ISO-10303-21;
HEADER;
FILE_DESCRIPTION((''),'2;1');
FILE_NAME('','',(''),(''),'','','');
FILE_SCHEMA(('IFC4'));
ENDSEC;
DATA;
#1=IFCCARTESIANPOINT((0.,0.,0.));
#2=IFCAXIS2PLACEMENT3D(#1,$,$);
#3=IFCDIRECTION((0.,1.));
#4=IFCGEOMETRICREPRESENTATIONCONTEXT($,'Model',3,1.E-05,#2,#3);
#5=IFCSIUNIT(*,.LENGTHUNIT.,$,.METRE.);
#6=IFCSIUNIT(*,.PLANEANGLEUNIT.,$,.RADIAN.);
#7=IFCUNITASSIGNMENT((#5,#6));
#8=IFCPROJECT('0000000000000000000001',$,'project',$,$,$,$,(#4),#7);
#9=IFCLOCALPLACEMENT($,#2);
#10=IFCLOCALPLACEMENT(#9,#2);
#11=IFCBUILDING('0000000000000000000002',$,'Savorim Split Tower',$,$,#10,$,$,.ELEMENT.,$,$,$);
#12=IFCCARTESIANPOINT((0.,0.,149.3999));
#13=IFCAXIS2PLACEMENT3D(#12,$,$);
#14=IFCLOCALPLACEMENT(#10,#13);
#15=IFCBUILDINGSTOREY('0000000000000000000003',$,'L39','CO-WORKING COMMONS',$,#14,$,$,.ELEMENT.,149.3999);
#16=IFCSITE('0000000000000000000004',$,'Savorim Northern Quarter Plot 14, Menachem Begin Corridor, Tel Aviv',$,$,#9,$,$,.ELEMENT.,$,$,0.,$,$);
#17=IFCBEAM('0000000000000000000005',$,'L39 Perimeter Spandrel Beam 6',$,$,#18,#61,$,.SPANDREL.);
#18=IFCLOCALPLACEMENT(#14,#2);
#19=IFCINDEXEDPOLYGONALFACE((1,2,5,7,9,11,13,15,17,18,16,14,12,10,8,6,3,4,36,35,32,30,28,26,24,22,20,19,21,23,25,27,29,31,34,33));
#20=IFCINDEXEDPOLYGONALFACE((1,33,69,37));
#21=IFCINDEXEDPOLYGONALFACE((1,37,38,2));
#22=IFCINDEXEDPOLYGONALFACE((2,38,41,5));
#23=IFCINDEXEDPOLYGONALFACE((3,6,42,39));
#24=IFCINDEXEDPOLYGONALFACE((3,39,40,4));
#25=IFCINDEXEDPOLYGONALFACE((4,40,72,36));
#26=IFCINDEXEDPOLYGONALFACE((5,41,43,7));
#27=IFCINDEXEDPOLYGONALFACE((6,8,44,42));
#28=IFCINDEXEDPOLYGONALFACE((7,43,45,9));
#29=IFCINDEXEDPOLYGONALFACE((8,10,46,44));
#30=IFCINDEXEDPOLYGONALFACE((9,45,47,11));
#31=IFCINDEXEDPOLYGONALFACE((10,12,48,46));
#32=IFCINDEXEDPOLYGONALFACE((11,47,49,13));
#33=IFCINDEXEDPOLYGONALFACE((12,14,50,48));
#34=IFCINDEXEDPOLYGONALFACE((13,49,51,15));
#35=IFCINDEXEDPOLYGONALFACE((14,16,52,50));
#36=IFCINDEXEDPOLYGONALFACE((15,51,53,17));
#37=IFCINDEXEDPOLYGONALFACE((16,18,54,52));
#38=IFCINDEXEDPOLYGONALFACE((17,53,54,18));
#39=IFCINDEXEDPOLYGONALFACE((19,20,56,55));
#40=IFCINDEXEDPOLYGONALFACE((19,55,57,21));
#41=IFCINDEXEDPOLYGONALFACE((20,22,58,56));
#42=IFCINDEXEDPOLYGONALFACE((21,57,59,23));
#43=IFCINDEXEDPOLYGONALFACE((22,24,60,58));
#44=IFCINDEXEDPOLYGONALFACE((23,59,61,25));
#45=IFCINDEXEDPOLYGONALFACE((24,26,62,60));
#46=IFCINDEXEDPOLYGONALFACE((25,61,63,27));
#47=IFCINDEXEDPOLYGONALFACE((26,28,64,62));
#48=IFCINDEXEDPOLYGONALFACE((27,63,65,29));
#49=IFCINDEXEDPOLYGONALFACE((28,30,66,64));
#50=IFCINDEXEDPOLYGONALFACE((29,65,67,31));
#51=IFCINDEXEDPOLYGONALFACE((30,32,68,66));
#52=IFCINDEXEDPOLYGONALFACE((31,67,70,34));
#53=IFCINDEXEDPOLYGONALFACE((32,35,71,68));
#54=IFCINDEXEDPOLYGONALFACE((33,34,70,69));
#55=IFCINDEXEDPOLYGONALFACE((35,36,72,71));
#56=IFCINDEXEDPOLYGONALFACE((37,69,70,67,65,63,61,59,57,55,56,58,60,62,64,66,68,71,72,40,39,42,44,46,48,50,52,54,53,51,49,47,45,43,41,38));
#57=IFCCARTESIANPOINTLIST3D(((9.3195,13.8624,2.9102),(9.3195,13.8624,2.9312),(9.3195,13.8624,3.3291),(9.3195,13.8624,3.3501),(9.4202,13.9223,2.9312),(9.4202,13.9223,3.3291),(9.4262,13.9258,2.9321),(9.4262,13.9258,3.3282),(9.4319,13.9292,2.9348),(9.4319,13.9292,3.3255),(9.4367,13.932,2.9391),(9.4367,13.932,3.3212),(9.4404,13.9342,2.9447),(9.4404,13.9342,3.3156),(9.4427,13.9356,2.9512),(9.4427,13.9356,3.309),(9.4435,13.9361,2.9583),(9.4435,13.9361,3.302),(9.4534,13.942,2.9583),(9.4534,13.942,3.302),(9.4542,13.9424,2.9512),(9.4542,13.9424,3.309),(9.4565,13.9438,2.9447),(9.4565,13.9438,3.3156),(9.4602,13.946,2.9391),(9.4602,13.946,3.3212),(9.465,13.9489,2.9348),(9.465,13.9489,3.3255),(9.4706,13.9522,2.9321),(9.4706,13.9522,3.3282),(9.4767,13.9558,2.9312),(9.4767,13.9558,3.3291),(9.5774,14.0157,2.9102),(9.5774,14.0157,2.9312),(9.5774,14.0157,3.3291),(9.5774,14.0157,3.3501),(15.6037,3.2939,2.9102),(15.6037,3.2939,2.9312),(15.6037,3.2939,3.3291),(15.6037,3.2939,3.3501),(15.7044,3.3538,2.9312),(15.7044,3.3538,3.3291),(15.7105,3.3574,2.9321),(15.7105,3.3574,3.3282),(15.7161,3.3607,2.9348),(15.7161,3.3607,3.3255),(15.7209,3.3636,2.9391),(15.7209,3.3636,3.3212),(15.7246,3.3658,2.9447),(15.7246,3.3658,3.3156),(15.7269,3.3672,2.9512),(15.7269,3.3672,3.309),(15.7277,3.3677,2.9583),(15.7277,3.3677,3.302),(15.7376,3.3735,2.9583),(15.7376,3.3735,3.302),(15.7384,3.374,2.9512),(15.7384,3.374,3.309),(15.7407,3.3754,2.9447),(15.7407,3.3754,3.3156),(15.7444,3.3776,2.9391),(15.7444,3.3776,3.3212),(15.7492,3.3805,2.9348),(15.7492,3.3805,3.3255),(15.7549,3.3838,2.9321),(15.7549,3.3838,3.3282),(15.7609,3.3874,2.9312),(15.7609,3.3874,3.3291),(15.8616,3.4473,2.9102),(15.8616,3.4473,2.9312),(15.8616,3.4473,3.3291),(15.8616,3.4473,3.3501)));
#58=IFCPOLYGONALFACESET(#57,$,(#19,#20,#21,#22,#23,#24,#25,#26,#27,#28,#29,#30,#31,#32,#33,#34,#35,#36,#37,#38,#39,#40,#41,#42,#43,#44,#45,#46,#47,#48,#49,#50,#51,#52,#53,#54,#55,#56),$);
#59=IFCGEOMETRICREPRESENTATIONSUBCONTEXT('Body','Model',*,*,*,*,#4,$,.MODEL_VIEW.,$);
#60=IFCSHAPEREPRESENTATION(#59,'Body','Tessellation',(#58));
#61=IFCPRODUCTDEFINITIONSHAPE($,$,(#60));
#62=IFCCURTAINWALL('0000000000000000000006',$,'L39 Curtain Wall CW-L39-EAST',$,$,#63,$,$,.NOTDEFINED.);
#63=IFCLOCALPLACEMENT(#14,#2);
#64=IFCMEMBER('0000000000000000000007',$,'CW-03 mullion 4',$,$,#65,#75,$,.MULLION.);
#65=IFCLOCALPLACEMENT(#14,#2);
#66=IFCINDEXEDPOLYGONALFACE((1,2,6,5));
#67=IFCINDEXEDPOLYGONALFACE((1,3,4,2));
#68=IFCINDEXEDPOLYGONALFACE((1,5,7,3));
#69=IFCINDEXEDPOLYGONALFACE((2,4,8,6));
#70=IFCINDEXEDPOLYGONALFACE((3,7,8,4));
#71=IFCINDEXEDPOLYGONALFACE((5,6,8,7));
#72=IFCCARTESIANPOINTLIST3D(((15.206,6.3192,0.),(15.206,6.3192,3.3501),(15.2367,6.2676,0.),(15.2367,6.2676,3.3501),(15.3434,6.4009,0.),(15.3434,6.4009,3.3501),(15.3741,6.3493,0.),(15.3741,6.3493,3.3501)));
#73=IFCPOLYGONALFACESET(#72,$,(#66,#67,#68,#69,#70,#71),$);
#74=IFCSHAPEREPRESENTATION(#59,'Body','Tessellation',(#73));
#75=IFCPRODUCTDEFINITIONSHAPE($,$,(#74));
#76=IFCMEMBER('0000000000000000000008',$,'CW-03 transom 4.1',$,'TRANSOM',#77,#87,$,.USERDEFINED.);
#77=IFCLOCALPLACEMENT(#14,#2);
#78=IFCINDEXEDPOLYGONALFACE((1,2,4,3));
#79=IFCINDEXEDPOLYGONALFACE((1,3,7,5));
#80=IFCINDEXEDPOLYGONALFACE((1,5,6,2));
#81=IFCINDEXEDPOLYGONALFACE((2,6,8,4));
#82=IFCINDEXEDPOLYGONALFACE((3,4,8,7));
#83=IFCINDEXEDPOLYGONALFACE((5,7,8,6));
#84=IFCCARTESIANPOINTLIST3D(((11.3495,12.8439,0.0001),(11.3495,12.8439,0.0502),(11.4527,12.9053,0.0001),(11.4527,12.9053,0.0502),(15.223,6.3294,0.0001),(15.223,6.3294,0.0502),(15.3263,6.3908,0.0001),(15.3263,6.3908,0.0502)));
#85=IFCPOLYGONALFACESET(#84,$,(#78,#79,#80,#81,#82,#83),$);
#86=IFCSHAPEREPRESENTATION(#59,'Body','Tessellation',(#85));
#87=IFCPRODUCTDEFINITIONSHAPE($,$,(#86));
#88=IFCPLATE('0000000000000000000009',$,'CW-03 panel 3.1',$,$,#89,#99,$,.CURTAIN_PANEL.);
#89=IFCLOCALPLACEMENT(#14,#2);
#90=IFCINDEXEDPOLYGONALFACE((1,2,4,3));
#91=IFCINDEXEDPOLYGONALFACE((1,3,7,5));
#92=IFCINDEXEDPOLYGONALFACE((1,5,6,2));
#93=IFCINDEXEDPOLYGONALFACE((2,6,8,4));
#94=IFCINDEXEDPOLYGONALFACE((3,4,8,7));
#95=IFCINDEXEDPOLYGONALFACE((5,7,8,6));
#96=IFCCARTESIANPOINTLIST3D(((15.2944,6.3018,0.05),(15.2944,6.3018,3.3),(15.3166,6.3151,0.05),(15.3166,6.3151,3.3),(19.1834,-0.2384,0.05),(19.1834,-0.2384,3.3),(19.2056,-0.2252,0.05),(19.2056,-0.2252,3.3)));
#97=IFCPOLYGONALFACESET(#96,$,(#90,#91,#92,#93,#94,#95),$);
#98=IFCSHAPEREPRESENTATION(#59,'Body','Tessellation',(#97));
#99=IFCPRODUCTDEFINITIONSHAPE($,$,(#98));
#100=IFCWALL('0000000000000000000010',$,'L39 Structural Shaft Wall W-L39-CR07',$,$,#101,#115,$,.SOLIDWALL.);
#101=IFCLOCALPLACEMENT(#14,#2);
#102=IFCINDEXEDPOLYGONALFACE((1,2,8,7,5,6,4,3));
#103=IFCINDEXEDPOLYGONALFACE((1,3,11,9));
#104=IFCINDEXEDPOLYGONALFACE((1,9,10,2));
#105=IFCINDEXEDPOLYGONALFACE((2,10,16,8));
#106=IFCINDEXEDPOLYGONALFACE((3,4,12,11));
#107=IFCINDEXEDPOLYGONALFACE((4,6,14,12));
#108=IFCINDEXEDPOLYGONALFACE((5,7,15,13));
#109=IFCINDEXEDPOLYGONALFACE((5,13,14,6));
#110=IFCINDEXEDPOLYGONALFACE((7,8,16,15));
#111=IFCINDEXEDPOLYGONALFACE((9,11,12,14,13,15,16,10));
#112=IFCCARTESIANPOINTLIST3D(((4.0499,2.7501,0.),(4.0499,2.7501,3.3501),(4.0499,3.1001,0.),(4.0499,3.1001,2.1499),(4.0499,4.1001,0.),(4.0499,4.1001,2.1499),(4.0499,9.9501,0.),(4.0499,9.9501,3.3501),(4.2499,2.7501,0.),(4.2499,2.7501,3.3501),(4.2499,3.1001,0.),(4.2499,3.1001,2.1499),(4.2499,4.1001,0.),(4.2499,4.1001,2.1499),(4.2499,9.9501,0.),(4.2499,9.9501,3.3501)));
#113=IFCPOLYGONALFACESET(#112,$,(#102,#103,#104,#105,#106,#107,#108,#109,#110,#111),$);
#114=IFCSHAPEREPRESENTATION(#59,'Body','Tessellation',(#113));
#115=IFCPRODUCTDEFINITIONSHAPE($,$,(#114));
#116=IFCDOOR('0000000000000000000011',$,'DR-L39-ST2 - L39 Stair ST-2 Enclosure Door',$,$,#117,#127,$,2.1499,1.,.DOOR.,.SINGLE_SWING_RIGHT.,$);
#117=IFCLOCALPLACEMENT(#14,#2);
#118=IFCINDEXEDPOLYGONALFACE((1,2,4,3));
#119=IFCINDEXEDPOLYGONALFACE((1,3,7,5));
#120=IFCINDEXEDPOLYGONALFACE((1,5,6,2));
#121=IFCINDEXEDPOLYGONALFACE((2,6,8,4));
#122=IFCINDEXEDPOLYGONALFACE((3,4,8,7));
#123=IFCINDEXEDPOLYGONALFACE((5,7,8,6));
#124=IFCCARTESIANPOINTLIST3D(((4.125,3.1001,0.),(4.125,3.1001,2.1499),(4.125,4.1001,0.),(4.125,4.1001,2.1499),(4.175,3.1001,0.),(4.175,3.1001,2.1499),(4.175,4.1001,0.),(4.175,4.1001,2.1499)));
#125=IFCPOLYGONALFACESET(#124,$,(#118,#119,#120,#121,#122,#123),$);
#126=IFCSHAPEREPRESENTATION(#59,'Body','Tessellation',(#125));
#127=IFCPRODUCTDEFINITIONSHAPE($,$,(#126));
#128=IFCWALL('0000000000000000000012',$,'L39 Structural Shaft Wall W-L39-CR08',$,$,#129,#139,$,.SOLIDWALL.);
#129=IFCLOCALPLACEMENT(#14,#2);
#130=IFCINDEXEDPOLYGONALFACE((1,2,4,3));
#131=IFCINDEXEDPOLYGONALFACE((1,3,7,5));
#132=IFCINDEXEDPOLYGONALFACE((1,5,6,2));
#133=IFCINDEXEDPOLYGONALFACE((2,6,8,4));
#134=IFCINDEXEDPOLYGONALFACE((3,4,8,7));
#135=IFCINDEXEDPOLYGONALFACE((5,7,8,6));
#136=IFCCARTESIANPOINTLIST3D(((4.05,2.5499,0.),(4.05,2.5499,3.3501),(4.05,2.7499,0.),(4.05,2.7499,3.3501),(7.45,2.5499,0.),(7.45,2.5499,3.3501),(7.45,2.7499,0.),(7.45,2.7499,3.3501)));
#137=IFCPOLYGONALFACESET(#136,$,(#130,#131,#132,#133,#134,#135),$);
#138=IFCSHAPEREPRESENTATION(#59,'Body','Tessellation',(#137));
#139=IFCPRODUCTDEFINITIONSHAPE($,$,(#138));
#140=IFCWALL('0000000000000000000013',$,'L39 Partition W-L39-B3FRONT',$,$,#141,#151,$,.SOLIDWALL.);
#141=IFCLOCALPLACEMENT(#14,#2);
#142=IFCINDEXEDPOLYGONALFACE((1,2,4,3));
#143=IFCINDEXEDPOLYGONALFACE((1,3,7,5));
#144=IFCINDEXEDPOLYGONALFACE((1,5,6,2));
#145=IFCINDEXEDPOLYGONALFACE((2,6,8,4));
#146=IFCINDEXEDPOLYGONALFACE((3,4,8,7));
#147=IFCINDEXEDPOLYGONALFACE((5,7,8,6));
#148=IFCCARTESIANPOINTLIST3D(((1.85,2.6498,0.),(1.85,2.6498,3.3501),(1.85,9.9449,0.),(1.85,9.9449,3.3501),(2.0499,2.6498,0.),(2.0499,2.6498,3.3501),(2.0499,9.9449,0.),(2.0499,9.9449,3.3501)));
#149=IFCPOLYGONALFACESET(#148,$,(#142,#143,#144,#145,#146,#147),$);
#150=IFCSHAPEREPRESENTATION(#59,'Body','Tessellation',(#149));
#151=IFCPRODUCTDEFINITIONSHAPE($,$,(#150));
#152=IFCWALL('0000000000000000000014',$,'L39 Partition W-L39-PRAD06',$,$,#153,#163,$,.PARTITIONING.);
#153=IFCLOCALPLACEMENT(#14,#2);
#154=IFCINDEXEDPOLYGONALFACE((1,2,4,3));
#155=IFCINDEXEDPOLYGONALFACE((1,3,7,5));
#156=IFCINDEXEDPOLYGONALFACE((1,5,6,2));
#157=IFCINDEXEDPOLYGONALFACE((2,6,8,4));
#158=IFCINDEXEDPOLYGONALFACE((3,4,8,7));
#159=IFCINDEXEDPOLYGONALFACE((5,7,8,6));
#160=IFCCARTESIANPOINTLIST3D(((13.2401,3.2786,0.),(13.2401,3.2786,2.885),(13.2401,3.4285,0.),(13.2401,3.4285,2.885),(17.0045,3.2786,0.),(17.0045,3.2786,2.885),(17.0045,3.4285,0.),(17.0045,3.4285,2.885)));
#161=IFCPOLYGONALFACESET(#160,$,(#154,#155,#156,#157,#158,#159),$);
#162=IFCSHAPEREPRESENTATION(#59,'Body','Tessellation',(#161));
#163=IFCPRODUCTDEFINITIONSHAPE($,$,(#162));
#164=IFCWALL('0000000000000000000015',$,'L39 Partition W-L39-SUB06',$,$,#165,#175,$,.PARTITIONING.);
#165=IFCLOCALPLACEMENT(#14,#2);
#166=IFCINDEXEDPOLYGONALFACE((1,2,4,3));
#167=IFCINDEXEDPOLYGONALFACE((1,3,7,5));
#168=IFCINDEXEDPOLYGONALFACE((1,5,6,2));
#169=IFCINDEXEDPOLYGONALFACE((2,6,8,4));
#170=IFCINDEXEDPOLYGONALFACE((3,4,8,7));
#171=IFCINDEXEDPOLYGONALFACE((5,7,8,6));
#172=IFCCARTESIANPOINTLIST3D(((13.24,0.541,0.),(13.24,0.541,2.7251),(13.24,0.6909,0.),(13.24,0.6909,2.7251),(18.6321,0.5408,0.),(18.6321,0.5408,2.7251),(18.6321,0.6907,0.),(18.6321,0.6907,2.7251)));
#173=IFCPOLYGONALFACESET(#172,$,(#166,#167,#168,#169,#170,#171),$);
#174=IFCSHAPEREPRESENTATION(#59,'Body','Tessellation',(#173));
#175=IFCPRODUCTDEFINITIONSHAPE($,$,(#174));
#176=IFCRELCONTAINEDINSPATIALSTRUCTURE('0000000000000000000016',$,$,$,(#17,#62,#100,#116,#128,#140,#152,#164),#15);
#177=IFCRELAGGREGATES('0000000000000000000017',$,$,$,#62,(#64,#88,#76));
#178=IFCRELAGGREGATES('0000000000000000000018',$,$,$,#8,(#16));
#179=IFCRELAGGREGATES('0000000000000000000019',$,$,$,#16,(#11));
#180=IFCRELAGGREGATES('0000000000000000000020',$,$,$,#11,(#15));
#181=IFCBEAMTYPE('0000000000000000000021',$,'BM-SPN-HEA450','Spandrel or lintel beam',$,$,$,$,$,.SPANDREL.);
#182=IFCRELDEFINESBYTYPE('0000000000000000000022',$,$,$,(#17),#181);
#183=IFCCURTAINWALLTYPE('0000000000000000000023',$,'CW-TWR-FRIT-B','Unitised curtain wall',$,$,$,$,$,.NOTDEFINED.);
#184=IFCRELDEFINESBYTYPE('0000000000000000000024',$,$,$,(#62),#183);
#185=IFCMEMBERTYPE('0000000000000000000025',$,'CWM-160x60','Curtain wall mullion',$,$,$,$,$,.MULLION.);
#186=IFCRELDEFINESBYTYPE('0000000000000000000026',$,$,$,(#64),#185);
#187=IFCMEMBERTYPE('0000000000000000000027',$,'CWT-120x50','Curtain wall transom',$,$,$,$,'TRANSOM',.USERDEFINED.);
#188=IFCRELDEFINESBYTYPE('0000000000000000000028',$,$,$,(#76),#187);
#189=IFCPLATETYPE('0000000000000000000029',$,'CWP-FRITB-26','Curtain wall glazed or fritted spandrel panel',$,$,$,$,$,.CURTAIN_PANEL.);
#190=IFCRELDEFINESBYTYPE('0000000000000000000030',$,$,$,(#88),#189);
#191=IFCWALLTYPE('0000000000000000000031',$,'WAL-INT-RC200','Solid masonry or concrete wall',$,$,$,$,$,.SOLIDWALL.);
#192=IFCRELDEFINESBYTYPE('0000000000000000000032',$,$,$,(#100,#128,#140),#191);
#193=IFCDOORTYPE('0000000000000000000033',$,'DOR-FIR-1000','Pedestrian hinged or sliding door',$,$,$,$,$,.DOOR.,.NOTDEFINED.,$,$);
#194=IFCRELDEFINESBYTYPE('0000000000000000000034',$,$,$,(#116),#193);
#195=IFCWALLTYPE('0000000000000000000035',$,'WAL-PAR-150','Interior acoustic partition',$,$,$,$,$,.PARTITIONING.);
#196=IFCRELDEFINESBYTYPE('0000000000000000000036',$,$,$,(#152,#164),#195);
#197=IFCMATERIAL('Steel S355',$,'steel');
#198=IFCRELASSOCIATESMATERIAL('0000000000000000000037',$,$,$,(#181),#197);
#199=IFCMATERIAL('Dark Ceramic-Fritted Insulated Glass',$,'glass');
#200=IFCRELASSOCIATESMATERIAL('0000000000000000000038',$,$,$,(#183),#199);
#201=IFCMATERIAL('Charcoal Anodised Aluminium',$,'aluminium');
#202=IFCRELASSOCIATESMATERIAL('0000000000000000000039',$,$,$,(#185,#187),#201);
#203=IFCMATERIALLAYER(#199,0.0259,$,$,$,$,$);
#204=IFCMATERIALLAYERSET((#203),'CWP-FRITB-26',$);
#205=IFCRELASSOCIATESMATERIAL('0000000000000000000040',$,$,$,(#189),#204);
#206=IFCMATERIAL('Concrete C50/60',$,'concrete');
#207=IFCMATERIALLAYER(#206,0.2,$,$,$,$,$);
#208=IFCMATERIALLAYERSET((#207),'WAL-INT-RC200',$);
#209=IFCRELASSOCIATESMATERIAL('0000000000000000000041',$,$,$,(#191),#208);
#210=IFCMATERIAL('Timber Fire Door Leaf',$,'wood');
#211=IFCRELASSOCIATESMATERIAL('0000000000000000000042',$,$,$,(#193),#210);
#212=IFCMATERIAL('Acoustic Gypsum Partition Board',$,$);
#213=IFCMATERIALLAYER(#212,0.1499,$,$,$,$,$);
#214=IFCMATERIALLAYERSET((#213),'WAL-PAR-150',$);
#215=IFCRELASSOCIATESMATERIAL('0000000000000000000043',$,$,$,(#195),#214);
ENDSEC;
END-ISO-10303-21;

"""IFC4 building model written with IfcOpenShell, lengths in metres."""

from ifc_helpers import new_model, si_unit, direction, frame, frame_2d, origin, origin_2d, place, context, subcontext, project, spatial, rectangle, i_section, extrude, material, layer, layer_set, material_profile, profile_set, type_object, element, fill, aggregate, save


model = new_model("IFC4")

# Units and contexts
model_context = context("Model", 3, precision=1e-05, world=origin(), true_north=direction((0.0, 1.0)))
body_context = subcontext(model_context, "Body", "Model", "MODEL_VIEW")
ifc_project = project(units=[si_unit("LENGTHUNIT", "METRE"), si_unit("PLANEANGLEUNIT", "RADIAN")], contexts=[model_context])

# Site, building, storey
site_placement = place(None, origin())
site = spatial("IfcSite", under=ifc_project, at=site_placement, Name="Savorim Northern Quarter Plot 14, Menachem Begin Corridor, Tel Aviv", CompositionType="ELEMENT", RefElevation=0.0)
building_placement = place(site_placement, origin())
building = spatial("IfcBuilding", under=site, at=building_placement, Name="Savorim Split Tower", CompositionType="ELEMENT")
storey_placement = place(building_placement, frame((0.0, 0.0, 149.3999)))
storey = spatial("IfcBuildingStorey", under=building, at=storey_placement, Name="L39", Description="CO-WORKING COMMONS", CompositionType="ELEMENT", Elevation=149.3999)

# Beam
ifc_material_1 = material(Name="Steel S355", Category="steel")
ifc_material_profile_1 = material_profile(ifc_material_1, i_section(OverallWidth=0.3, OverallDepth=0.4399, WebThickness=0.0115, FlangeThickness=0.021, FilletRadius=0.0271, at=origin_2d()), Name="HEA 450")
ifc_profile_set_1 = profile_set([ifc_material_profile_1], Name="Steel S355")
beam_type_1 = type_object("IfcBeamType", Name="BM-SPN-HEA450", Description="Spandrel or lintel beam", PredefinedType="SPANDREL", material=ifc_profile_set_1)
beam_1_placement = place(storey_placement, frame((15.7327, 3.3706, 3.1301), z_axis=(-0.511093, 0.859526, 0.0), x_axis=(-0.859526, -0.511093, 0.0)))
element("IfcBeam", 1, at=beam_1_placement, inside=storey, type_object=beam_type_1, Name="L39 Perimeter Spandrel Beam 6", PredefinedType="SPANDREL", context=body_context, shape_type="SweptSolid", body=[
    extrude(i_section(OverallWidth=0.3, OverallDepth=0.4399, WebThickness=0.0115, FlangeThickness=0.021, FilletRadius=0.0271, at=origin_2d()), origin(), (0.0, 0.0, 1.0), 12.2957),
])

# Curtain wall, members, plate
ifc_material_2 = material(Name="Dark Ceramic-Fritted Insulated Glass", Category="glass")
curtain_wall_type = type_object("IfcCurtainWallType", Name="CW-TWR-FRIT-B", Description="Unitised curtain wall", PredefinedType="NOTDEFINED", material=ifc_material_2)
curtain_wall_placement = place(storey_placement, origin())
curtain_wall = element("IfcCurtainWall", 2, at=curtain_wall_placement, inside=storey, type_object=curtain_wall_type, Name="L39 Curtain Wall CW-L39-EAST", PredefinedType="NOTDEFINED")
ifc_material_3 = material(Name="Charcoal Anodised Aluminium", Category="aluminium")
ifc_material_profile_2 = material_profile(ifc_material_3, rectangle(XDim=0.1599, YDim=0.0601, at=origin_2d()), Name="ALU-M 160x60")
ifc_profile_set_2 = profile_set([ifc_material_profile_2], Name="Charcoal Anodised Aluminium")
member_type_1 = type_object("IfcMemberType", Name="CWM-160x60", Description="Curtain wall mullion", PredefinedType="MULLION", material=ifc_profile_set_2)
member_1_placement = place(storey_placement, frame((15.29, 6.3342, 0.0), z_axis=(0.0, 0.0, 1.0), x_axis=(-0.859526, -0.511091, 0.0)))
member_1 = element("IfcMember", 3, at=member_1_placement, type_object=member_type_1, Name="CW-03 mullion 4", PredefinedType="MULLION", context=body_context, shape_type="SweptSolid", body=[
    extrude(rectangle(XDim=0.1599, YDim=0.0601, at=origin_2d()), origin(), (0.0, 0.0, 1.0), 3.3501),
])
ifc_material_profile_3 = material_profile(ifc_material_3, rectangle(XDim=0.1201, YDim=0.05, at=origin_2d()), Name="ALU-T 120x50")
ifc_profile_set_3 = profile_set([ifc_material_profile_3], Name="Charcoal Anodised Aluminium")
member_type_2 = type_object("IfcMemberType", Name="CWT-120x50", Description="Curtain wall transom", ElementType="TRANSOM", PredefinedType="USERDEFINED", material=ifc_profile_set_3)
member_2_placement = place(storey_placement, frame((15.2747, 6.3601, 0.0251), z_axis=(-0.511086, 0.85953, 0.0), x_axis=(-0.85953, -0.511086, 0.0)))
member_2 = element("IfcMember", 4, at=member_2_placement, type_object=member_type_2, Name="CW-03 transom 4.1", ObjectType="TRANSOM", PredefinedType="USERDEFINED", context=body_context, shape_type="SweptSolid", body=[
    extrude(rectangle(XDim=0.1201, YDim=0.05, at=origin_2d()), origin(), (0.0, 0.0, 1.0), 7.5791),
])
ifc_layer_1 = layer(ifc_material_2, 0.0259)
ifc_layer_set_1 = layer_set([ifc_layer_1], Name="CWP-FRITB-26")
plate_type = type_object("IfcPlateType", Name="CWP-FRITB-26", Description="Curtain wall glazed or fritted spandrel panel", PredefinedType="CURTAIN_PANEL", material=ifc_layer_set_1)
plate_placement = place(storey_placement, frame((17.25, 3.0383, 0.05), z_axis=(0.0, 0.0, 1.0), x_axis=(-0.511091, 0.859526, 0.0)))
plate = element("IfcPlate", 5, at=plate_placement, type_object=plate_type, Name="CW-03 panel 3.1", PredefinedType="CURTAIN_PANEL", context=body_context, shape_type="SweptSolid", body=[
    extrude(rectangle(XDim=7.6091, YDim=0.0259, at=origin_2d()), origin(), (0.0, 0.0, 1.0), 3.25),
])
aggregate(curtain_wall, [member_1, plate, member_2])

# Wall, opening, door
ifc_material_4 = material(Name="Concrete C50/60", Category="concrete")
ifc_layer_2 = layer(ifc_material_4, 0.2)
ifc_layer_set_2 = layer_set([ifc_layer_2], Name="WAL-INT-RC200")
wall_type_1 = type_object("IfcWallType", Name="WAL-INT-RC200", Description="Solid masonry or concrete wall", PredefinedType="SOLIDWALL", material=ifc_layer_set_2)
wall_1_placement = place(storey_placement, frame((4.1499, 2.75, 0.0), z_axis=(0.0, 0.0, 1.0), x_axis=(0.0, 1.0, 0.0)))
wall_1 = element("IfcWall", 6, at=wall_1_placement, inside=storey, type_object=wall_type_1, Name="L39 Structural Shaft Wall W-L39-CR07", PredefinedType="SOLIDWALL", context=body_context, shape_type="SweptSolid", body=[
    extrude(rectangle(XDim=7.2, YDim=0.2, at=frame_2d((3.6001, 0.0))), origin(), (0.0, 0.0, 1.0), 3.3501),
])
opening_placement = place(wall_1_placement, frame((0.3501, 0.0, 0.0)))
opening = element("IfcOpeningElement", 7, at=opening_placement, cuts=wall_1, PredefinedType="OPENING", context=body_context, shape_type="SweptSolid", body=[
    extrude(rectangle(XDim=1.0, YDim=2.1499, at=frame_2d((0.5, 1.075))), frame((0.0, 0.1099, 0.0), z_axis=(0.0, -1.0, 0.0), x_axis=(1.0, 0.0, 0.0)), (0.0, 0.0, 1.0), 0.22),
])
ifc_material_5 = material(Name="Timber Fire Door Leaf", Category="wood")
door_type = type_object("IfcDoorType", Name="DOR-FIR-1000", Description="Pedestrian hinged or sliding door", OperationType="NOTDEFINED", PredefinedType="DOOR", material=ifc_material_5)
door_placement = place(opening_placement, origin())
door = element("IfcDoor", 8, at=door_placement, inside=storey, type_object=door_type, Name="DR-L39-ST2 - L39 Stair ST-2 Enclosure Door", OperationType="SINGLE_SWING_RIGHT", OverallHeight=2.1499, OverallWidth=1.0, PredefinedType="DOOR", context=body_context, shape_type="SweptSolid", body=[
    extrude(rectangle(XDim=1.0, YDim=2.1499, at=frame_2d((0.5, 1.075))), frame((0.0, 0.0249, 0.0), z_axis=(0.0, -1.0, 0.0), x_axis=(1.0, 0.0, 0.0)), (0.0, 0.0, 1.0), 0.05),
])
fill(opening, door)

# Walls
wall_2_placement = place(storey_placement, frame((4.05, 2.6499, 0.0), z_axis=(0.0, 0.0, 1.0), x_axis=(1.0, 0.0, 0.0)))
element("IfcWall", 9, at=wall_2_placement, inside=storey, type_object=wall_type_1, Name="L39 Structural Shaft Wall W-L39-CR08", PredefinedType="SOLIDWALL", context=body_context, shape_type="SweptSolid", body=[
    extrude(rectangle(XDim=3.3999, YDim=0.2, at=frame_2d((1.7, 0.0))), origin(), (0.0, 0.0, 1.0), 3.3501),
])
wall_3_placement = place(storey_placement, frame((1.95, 2.6499, 0.0), z_axis=(0.0, 0.0, 1.0), x_axis=(0.0, 1.0, 0.0)))
element("IfcWall", 10, at=wall_3_placement, inside=storey, type_object=wall_type_1, Name="L39 Partition W-L39-B3FRONT", PredefinedType="SOLIDWALL", context=body_context, shape_type="SweptSolid", body=[
    extrude(rectangle(XDim=7.2952, YDim=0.2, at=frame_2d((3.6475, 0.0))), origin(), (0.0, 0.0, 1.0), 3.3501),
])
ifc_material_6 = material(Name="Acoustic Gypsum Partition Board")
ifc_layer_3 = layer(ifc_material_6, 0.1499)
ifc_layer_set_3 = layer_set([ifc_layer_3], Name="WAL-PAR-150")
wall_type_2 = type_object("IfcWallType", Name="WAL-PAR-150", Description="Interior acoustic partition", PredefinedType="PARTITIONING", material=ifc_layer_set_3)
wall_4_placement = place(storey_placement, frame((13.24, 3.3535, 0.0), z_axis=(0.0, 0.0, 1.0), x_axis=(1.0, 0.0, 0.0)))
element("IfcWall", 11, at=wall_4_placement, inside=storey, type_object=wall_type_2, Name="L39 Partition W-L39-PRAD06", PredefinedType="PARTITIONING", context=body_context, shape_type="SweptSolid", body=[
    extrude(rectangle(XDim=3.7644, YDim=0.1499, at=frame_2d((1.8823, 0.0))), origin(), (0.0, 0.0, 1.0), 2.885),
])
wall_5_placement = place(storey_placement, frame((13.24, 0.616, 0.0), z_axis=(0.0, 0.0, 1.0), x_axis=(1.0, -0.000045, 0.0)))
element("IfcWall", 12, at=wall_5_placement, inside=storey, type_object=wall_type_2, Name="L39 Partition W-L39-SUB06", PredefinedType="PARTITIONING", context=body_context, shape_type="SweptSolid", body=[
    extrude(rectangle(XDim=5.3921, YDim=0.1499, at=frame_2d((2.696, 0.0))), origin(), (0.0, 0.0, 1.0), 2.7251),
])

save(model, "model.ifc")
